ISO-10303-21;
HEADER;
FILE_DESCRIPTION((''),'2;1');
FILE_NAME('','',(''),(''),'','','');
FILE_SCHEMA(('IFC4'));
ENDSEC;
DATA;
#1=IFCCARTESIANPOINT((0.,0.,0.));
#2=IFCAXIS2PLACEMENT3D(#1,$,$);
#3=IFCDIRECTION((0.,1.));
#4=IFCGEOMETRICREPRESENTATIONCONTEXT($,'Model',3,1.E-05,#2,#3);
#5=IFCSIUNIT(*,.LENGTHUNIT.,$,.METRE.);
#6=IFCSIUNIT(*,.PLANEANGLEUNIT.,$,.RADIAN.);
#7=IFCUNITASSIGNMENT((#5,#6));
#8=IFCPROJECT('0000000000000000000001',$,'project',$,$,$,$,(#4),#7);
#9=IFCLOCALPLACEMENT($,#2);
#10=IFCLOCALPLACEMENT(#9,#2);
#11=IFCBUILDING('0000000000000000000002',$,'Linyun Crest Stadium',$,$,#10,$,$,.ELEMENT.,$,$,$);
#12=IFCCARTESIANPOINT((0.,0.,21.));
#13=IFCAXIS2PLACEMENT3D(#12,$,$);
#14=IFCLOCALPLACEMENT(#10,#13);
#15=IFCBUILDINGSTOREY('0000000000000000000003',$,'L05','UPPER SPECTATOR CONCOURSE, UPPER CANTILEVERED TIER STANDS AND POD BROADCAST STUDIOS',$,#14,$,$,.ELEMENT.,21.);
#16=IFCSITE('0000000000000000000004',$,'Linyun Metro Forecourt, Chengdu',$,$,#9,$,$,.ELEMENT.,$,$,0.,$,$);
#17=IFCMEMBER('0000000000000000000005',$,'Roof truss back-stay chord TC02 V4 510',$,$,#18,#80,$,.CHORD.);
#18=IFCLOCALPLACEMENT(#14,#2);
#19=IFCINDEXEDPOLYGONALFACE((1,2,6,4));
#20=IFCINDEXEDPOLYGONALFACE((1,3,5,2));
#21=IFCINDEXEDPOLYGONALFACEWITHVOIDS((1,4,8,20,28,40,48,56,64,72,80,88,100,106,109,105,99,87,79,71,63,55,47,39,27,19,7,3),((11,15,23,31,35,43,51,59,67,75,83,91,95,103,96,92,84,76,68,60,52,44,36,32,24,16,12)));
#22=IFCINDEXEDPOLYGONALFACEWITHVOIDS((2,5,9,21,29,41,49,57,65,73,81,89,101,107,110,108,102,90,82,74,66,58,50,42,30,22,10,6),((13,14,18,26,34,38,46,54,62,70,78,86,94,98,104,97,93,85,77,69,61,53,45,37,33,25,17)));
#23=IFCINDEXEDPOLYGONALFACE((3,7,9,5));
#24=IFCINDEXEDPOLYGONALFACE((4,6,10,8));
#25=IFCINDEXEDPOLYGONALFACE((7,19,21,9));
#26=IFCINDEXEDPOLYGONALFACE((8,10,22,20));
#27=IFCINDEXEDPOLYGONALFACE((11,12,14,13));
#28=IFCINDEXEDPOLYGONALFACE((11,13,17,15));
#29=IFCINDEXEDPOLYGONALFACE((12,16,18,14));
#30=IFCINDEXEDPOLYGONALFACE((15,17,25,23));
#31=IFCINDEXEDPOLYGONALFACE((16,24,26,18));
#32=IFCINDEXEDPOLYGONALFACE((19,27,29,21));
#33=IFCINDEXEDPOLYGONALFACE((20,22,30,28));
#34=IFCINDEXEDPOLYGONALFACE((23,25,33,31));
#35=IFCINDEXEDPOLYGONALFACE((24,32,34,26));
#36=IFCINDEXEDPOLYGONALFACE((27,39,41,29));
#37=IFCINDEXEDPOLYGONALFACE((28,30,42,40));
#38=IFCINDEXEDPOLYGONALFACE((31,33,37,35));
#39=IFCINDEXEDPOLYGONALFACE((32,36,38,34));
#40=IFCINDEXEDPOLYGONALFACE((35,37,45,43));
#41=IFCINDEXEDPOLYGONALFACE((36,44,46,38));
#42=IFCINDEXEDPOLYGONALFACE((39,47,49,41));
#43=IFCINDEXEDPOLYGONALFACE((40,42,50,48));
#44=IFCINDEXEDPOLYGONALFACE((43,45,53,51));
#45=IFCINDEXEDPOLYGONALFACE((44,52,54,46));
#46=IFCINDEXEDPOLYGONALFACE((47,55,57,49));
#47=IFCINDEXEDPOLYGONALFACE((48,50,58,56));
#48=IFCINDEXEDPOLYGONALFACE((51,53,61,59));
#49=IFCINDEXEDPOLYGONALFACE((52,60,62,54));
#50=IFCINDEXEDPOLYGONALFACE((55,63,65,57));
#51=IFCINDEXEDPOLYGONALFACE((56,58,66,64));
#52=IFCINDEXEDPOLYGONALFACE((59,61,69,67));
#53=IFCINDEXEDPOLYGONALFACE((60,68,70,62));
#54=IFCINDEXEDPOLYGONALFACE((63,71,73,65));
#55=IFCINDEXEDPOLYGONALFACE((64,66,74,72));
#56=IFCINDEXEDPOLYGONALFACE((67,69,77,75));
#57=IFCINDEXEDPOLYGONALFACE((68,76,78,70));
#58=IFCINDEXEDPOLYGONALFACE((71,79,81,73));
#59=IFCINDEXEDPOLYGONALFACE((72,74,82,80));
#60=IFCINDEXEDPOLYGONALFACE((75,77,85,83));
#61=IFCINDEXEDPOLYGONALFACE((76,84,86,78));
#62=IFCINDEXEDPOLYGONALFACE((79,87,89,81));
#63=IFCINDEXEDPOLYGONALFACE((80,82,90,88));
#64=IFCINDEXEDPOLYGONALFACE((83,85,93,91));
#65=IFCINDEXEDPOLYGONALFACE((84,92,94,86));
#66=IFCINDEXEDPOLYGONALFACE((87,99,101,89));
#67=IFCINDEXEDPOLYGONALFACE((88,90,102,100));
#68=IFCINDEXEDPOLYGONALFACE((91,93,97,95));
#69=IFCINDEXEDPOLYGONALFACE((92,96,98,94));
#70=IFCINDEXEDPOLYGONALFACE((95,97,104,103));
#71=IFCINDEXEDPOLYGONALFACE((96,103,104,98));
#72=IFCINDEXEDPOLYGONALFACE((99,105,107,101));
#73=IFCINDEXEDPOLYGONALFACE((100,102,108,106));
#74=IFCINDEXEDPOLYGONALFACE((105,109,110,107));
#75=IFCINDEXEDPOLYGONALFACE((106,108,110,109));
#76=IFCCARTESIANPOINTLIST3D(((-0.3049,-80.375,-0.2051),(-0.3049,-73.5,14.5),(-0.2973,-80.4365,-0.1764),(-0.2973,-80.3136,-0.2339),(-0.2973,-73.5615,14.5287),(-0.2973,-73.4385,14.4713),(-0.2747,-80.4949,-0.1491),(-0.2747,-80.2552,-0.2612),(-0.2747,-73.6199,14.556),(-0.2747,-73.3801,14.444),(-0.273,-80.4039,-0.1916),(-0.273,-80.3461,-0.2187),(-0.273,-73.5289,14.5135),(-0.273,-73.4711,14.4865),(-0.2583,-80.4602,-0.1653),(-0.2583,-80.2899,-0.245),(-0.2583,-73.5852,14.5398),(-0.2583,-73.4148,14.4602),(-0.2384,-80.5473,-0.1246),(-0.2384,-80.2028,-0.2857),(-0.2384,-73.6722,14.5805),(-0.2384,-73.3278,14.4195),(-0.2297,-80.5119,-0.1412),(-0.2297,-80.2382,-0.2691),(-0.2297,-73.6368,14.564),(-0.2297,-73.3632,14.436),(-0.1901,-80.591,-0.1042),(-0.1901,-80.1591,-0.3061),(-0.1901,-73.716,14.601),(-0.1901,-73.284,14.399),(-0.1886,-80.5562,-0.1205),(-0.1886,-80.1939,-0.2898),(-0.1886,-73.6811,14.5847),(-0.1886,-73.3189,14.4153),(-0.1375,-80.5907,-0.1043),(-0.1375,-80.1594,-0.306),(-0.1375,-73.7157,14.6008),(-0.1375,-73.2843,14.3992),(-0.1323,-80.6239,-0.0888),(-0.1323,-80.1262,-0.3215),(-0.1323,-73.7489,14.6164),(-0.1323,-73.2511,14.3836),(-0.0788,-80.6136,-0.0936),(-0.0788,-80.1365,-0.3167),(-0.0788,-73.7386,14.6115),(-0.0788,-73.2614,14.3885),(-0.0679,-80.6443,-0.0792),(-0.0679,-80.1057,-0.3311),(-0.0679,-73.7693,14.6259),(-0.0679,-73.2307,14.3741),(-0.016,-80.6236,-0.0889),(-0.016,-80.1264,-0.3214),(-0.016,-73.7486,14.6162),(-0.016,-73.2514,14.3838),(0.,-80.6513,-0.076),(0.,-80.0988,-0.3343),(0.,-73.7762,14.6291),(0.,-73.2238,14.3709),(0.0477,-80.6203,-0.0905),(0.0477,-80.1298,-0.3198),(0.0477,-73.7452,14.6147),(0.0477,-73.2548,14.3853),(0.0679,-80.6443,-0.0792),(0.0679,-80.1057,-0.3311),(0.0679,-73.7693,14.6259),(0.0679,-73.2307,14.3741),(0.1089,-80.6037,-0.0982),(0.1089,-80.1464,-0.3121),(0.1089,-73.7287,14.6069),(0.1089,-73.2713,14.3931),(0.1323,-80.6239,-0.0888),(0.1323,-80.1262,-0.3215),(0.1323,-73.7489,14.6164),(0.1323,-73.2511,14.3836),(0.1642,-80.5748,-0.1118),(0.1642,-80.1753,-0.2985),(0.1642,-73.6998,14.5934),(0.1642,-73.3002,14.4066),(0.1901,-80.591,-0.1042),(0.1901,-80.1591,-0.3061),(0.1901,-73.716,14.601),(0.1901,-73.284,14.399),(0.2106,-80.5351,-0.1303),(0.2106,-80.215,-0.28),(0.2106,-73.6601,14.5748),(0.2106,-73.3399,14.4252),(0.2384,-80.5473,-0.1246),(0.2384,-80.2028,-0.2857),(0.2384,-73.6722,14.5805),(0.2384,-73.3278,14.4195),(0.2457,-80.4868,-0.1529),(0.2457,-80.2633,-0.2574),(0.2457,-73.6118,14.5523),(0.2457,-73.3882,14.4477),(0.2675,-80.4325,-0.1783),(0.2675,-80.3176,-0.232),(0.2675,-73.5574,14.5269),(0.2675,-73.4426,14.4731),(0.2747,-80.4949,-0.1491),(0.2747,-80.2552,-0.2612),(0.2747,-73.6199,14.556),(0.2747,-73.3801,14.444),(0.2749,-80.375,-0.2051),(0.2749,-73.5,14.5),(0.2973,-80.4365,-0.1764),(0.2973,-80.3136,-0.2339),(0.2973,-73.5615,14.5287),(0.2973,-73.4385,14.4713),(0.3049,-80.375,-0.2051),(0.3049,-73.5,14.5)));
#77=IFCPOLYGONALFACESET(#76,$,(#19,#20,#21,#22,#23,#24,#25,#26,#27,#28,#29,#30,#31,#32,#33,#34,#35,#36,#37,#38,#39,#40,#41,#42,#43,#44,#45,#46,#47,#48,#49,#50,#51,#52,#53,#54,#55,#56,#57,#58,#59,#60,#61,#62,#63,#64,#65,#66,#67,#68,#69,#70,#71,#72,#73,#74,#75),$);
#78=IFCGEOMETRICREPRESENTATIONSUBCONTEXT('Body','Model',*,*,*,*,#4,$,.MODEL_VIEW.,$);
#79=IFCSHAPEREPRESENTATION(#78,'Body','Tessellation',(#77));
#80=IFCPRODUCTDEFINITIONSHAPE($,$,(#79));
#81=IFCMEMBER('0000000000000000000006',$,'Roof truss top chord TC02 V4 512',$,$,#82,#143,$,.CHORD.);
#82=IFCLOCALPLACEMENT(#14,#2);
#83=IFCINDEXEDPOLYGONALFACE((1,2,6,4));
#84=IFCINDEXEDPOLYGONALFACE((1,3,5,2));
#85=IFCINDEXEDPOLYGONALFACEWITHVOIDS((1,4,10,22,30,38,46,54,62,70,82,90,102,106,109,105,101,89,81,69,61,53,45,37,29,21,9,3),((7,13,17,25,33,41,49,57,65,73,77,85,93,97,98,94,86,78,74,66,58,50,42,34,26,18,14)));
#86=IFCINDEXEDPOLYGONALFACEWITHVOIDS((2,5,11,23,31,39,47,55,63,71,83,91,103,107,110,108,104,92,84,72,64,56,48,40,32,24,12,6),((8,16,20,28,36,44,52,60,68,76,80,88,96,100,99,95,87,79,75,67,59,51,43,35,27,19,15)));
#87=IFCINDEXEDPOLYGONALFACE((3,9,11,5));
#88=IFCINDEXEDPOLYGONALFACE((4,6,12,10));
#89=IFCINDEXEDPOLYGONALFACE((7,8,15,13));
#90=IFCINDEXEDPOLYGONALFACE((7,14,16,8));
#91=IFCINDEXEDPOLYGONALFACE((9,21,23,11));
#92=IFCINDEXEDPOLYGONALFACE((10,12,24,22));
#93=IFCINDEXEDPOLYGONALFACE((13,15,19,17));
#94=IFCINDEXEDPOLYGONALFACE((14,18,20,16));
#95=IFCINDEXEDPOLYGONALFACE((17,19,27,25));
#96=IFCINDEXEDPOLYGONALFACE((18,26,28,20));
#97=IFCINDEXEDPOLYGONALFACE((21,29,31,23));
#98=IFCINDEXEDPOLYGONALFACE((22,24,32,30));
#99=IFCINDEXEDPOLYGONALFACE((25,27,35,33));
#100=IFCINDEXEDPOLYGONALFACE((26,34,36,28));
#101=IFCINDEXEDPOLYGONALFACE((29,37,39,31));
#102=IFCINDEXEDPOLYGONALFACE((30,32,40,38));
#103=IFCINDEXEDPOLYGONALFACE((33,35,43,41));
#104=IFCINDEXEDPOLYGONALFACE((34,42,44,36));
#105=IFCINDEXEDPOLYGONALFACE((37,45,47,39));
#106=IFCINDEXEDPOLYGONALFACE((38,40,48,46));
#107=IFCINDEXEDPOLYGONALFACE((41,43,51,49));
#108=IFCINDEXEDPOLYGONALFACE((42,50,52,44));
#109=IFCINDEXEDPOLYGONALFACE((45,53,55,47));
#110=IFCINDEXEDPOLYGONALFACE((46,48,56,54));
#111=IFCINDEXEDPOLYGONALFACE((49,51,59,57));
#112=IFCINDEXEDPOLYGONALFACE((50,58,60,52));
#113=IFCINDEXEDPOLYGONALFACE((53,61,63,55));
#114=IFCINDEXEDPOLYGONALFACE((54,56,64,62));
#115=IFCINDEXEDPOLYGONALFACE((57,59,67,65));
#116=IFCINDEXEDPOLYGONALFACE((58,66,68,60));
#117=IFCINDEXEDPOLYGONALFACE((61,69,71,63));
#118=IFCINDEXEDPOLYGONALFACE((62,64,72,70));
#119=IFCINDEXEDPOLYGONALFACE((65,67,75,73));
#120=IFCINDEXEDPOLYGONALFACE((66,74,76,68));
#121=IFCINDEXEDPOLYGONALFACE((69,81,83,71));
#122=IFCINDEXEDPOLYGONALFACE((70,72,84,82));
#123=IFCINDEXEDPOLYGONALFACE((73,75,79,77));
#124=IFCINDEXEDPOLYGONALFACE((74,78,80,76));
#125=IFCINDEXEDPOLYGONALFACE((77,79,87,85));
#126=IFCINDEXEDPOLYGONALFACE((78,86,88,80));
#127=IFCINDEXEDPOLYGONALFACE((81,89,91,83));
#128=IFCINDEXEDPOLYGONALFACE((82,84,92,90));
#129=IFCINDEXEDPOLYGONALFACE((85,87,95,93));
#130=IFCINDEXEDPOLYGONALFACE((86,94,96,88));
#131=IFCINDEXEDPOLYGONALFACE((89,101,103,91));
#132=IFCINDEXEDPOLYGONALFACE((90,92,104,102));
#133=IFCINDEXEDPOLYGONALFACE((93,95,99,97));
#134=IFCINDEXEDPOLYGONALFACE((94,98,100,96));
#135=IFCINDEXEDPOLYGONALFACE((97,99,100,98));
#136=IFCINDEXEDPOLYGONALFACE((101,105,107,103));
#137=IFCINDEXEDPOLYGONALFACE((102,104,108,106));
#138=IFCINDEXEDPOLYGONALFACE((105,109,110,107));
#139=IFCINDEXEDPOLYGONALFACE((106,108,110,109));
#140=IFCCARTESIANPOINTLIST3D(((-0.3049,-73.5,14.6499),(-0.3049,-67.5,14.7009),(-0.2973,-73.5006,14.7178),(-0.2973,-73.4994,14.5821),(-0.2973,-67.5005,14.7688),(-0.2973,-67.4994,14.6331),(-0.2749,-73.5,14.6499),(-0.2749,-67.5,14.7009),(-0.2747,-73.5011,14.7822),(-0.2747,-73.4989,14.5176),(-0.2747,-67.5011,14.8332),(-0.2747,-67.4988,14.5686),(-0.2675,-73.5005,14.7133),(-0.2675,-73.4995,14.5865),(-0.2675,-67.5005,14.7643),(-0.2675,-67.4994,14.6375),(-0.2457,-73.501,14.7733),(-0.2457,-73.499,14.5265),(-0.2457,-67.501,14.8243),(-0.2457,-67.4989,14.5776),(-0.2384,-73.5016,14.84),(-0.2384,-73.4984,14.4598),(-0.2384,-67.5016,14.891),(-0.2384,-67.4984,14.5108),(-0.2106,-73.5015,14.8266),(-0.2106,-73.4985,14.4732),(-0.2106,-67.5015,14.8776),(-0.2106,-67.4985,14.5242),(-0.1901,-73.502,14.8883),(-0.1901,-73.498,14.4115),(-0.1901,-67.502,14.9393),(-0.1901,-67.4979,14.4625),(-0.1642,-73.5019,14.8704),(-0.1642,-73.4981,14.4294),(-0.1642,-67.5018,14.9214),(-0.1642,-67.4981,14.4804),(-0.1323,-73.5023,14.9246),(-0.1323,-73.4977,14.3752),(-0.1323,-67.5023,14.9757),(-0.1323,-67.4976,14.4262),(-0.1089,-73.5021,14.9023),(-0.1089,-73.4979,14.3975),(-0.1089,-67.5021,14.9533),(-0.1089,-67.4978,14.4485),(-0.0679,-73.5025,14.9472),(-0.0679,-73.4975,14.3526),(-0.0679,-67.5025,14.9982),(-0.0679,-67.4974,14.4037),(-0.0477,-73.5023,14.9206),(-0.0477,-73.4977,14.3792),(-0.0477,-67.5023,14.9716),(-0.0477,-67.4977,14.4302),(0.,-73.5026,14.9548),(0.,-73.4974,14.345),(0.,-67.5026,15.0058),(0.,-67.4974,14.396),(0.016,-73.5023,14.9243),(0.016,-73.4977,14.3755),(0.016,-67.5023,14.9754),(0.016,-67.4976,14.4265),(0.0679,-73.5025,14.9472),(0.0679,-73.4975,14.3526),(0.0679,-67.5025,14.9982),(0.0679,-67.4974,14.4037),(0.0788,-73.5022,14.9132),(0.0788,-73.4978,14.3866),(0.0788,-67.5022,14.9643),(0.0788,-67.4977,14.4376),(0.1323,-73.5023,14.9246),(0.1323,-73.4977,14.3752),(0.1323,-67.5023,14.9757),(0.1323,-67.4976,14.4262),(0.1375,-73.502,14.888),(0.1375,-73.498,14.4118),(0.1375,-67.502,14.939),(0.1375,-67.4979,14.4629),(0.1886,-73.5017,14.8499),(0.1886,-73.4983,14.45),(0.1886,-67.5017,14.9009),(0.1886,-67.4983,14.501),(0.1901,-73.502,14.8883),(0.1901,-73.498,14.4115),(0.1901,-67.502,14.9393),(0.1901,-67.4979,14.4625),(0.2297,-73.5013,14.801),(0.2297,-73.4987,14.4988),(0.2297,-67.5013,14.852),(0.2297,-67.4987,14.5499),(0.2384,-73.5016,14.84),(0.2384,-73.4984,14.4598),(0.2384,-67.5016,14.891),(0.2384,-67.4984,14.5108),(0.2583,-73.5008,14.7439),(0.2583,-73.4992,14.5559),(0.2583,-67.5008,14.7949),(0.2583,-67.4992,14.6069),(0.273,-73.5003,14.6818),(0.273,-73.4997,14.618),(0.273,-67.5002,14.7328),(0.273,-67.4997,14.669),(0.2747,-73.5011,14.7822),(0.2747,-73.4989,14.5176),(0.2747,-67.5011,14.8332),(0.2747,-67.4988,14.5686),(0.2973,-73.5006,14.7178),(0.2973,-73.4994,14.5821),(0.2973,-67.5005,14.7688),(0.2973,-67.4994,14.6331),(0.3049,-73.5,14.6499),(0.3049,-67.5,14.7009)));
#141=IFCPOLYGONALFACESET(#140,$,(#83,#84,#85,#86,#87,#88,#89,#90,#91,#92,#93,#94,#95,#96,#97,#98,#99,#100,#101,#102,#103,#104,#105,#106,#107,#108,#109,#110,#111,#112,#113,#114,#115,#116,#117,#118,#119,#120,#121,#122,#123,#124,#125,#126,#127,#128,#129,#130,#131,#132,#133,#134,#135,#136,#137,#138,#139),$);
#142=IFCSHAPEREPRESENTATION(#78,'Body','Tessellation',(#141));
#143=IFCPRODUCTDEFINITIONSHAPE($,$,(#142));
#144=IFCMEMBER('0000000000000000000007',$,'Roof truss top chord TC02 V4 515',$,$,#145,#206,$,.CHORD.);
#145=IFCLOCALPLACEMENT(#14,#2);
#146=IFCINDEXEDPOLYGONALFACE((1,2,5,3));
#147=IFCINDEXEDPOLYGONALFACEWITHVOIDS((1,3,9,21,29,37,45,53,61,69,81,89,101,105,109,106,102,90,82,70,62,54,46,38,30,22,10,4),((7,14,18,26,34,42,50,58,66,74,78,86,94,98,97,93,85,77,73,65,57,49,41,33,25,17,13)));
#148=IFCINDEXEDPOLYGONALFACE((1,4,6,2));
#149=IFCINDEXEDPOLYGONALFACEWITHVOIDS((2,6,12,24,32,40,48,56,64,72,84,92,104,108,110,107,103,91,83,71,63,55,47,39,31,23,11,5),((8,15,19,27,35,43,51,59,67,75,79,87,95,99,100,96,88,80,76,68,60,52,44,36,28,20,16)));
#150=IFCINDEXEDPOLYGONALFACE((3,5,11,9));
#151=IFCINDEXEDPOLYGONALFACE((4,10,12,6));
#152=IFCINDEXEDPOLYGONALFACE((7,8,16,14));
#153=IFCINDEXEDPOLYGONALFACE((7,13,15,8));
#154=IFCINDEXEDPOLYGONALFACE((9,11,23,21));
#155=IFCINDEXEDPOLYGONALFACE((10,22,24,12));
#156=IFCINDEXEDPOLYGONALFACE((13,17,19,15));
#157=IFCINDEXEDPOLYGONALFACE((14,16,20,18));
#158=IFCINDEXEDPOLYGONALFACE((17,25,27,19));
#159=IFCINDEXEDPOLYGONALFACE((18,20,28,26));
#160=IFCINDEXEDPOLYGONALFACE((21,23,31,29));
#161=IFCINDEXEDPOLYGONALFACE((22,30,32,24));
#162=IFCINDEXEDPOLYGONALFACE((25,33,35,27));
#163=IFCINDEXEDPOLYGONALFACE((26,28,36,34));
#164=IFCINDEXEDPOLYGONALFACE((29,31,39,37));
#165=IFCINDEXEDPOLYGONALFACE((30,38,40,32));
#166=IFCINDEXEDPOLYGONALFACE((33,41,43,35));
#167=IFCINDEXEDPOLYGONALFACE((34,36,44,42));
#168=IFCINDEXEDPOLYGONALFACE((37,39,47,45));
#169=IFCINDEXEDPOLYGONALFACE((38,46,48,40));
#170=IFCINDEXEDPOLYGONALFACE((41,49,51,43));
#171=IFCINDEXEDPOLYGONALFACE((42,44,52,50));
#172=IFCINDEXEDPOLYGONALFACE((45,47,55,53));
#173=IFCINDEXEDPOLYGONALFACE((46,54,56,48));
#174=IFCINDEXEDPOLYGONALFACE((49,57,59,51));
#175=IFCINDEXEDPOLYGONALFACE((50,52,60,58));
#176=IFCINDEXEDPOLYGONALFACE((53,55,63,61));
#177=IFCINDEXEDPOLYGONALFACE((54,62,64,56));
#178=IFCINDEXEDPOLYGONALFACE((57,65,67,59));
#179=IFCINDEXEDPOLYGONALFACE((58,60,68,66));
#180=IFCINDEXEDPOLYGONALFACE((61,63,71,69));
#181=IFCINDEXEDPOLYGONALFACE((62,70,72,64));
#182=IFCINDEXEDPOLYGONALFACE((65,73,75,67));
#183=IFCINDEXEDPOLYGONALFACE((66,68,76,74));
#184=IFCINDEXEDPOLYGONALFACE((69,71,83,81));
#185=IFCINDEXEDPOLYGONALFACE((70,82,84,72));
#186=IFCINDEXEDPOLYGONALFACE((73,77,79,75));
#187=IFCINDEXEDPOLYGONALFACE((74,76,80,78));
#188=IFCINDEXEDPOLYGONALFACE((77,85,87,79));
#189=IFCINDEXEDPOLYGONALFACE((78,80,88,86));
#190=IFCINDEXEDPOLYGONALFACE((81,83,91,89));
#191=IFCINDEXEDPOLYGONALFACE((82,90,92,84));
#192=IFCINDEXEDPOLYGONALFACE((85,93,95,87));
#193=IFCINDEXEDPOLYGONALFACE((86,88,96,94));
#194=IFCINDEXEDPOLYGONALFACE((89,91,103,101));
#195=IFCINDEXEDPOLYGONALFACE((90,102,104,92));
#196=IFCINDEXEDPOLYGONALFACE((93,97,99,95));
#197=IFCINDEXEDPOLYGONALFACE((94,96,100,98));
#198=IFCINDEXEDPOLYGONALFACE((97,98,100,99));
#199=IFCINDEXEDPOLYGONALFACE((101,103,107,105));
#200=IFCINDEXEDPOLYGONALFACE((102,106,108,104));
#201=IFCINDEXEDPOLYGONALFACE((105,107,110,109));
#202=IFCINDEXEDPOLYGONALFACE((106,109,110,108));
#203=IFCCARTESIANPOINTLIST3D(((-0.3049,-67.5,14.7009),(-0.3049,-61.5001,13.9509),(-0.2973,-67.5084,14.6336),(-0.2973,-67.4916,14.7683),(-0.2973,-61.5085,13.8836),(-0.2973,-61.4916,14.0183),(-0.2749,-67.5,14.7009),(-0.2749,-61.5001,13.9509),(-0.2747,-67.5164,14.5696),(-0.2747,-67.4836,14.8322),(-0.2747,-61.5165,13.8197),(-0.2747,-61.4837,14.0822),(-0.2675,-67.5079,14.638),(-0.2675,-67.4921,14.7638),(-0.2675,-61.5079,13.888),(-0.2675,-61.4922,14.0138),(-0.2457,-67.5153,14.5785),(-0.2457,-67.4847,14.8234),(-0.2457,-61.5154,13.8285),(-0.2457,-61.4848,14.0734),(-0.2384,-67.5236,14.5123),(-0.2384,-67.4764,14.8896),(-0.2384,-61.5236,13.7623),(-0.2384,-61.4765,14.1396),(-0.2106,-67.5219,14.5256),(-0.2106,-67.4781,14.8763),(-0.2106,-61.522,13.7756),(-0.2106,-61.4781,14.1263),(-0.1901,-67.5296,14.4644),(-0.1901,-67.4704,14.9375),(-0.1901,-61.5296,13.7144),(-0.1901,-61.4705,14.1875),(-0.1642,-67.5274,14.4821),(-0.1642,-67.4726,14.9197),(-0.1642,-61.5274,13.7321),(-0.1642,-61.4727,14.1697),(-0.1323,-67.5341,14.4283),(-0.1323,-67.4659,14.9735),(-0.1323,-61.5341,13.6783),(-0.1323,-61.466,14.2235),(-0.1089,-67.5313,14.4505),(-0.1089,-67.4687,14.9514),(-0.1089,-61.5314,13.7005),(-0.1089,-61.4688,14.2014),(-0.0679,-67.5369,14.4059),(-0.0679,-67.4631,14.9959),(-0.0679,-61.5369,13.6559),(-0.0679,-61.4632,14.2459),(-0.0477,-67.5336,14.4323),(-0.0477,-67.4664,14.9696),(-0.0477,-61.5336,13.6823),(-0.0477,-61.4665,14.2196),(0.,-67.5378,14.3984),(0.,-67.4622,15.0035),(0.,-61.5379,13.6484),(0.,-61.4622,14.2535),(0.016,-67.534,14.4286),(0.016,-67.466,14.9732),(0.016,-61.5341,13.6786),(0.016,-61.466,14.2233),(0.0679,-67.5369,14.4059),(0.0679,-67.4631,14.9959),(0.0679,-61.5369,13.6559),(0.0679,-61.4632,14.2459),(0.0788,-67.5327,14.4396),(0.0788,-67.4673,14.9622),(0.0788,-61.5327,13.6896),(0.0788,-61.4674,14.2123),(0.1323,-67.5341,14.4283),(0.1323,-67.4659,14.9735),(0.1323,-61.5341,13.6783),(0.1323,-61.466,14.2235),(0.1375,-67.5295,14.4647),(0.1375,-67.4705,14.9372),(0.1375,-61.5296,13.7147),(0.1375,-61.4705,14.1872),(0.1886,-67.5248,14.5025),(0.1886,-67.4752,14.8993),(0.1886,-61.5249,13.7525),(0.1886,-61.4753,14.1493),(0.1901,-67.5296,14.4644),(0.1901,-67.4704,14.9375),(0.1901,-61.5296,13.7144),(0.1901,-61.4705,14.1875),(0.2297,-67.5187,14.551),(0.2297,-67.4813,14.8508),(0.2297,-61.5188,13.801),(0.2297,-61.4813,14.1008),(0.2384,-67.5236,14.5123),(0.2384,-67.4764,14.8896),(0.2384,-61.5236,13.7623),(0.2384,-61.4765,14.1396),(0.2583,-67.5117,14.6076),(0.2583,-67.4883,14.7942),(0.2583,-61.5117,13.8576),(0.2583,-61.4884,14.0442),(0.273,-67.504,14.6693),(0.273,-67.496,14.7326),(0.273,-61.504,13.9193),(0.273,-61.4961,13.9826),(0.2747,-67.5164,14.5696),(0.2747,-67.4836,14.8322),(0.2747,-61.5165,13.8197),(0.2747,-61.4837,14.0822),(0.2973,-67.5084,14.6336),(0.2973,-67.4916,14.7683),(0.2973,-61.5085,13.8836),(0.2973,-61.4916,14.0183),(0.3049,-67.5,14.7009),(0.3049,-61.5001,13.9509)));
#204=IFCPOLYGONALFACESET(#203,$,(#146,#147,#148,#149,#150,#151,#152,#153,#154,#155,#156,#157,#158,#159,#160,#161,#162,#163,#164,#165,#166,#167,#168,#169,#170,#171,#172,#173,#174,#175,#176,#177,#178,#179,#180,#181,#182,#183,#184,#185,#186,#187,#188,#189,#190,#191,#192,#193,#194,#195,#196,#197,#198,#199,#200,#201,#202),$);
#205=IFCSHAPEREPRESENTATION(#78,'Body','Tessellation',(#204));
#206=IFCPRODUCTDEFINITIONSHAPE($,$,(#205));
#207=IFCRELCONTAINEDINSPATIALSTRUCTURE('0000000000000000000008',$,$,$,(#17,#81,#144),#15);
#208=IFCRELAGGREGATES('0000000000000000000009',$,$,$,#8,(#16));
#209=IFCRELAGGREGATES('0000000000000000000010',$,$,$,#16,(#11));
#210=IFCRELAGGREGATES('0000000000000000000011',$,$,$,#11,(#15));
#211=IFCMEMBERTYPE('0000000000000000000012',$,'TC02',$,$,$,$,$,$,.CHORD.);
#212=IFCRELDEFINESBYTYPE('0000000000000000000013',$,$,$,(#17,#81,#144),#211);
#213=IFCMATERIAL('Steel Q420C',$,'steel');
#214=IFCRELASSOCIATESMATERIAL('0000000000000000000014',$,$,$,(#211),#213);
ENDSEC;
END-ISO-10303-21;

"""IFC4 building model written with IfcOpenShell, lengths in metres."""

from ifc_helpers import new_model, si_unit, direction, frame, origin, origin_2d, place, context, subcontext, project, spatial, hollow_circle, extrude, material, material_profile, profile_set, type_object, element, save


model = new_model("IFC4")

# Units and contexts
model_context = context("Model", 3, precision=1e-05, world=origin(), true_north=direction((0.0, 1.0)))
body_context = subcontext(model_context, "Body", "Model", "MODEL_VIEW")
ifc_project = project(units=[si_unit("LENGTHUNIT", "METRE"), si_unit("PLANEANGLEUNIT", "RADIAN")], contexts=[model_context])

# Site, building, storey
site_placement = place(None, origin())
site = spatial("IfcSite", under=ifc_project, at=site_placement, Name="Linyun Metro Forecourt, Chengdu", CompositionType="ELEMENT", RefElevation=0.0)
building_placement = place(site_placement, origin())
building = spatial("IfcBuilding", under=site, at=building_placement, Name="Linyun Crest Stadium", CompositionType="ELEMENT")
storey_placement = place(building_placement, frame((0.0, 0.0, 21.0)))
storey = spatial("IfcBuildingStorey", under=building, at=storey_placement, Name="L05", Description="UPPER SPECTATOR CONCOURSE, UPPER CANTILEVERED TIER STANDS AND POD BROADCAST STUDIOS", CompositionType="ELEMENT", Elevation=21.0)

# Members
ifc_material_1 = material(Name="Steel Q420C", Category="steel")
ifc_material_profile_1 = material_profile(ifc_material_1, hollow_circle(Radius=0.3049, WallThickness=0.03, at=origin_2d()), Name="CHS 610x30")
ifc_profile_set_1 = profile_set([ifc_material_profile_1], Name="Steel Q420C")
member_type_1 = type_object("IfcMemberType", Name="TC02", PredefinedType="CHORD", material=ifc_profile_set_1)
member_1_placement = place(storey_placement, frame((0.0, -73.5, 14.5), z_axis=(0.0, -0.423524, -0.905885), x_axis=(1.0, 0.0, 0.0)))
element("IfcMember", 1, at=member_1_placement, inside=storey, type_object=member_type_1, Name="Roof truss back-stay chord TC02 V4 510", PredefinedType="CHORD", context=body_context, shape_type="SweptSolid", body=[
    extrude(hollow_circle(Radius=0.3049, WallThickness=0.03, at=origin_2d()), origin(), (0.0, 0.0, 1.0), 16.2329),
])
member_2_placement = place(storey_placement, frame((0.0, -73.5, 14.6499), z_axis=(0.0, 0.999964, 0.008504), x_axis=(-1.0, 0.0, 0.0)))
element("IfcMember", 2, at=member_2_placement, inside=storey, type_object=member_type_1, Name="Roof truss top chord TC02 V4 512", PredefinedType="CHORD", context=body_context, shape_type="SweptSolid", body=[
    extrude(hollow_circle(Radius=0.3049, WallThickness=0.03, at=origin_2d()), origin(), (0.0, 0.0, 1.0), 6.0002),
])
member_3_placement = place(storey_placement, frame((0.0, -67.5, 14.7009), z_axis=(0.0, 0.992278, -0.124035), x_axis=(-1.0, 0.0, 0.0)))
element("IfcMember", 3, at=member_3_placement, inside=storey, type_object=member_type_1, Name="Roof truss top chord TC02 V4 515", PredefinedType="CHORD", context=body_context, shape_type="SweptSolid", body=[
    extrude(hollow_circle(Radius=0.3049, WallThickness=0.03, at=origin_2d()), origin(), (0.0, 0.0, 1.0), 6.0466),
])

save(model, "model.ifc")
